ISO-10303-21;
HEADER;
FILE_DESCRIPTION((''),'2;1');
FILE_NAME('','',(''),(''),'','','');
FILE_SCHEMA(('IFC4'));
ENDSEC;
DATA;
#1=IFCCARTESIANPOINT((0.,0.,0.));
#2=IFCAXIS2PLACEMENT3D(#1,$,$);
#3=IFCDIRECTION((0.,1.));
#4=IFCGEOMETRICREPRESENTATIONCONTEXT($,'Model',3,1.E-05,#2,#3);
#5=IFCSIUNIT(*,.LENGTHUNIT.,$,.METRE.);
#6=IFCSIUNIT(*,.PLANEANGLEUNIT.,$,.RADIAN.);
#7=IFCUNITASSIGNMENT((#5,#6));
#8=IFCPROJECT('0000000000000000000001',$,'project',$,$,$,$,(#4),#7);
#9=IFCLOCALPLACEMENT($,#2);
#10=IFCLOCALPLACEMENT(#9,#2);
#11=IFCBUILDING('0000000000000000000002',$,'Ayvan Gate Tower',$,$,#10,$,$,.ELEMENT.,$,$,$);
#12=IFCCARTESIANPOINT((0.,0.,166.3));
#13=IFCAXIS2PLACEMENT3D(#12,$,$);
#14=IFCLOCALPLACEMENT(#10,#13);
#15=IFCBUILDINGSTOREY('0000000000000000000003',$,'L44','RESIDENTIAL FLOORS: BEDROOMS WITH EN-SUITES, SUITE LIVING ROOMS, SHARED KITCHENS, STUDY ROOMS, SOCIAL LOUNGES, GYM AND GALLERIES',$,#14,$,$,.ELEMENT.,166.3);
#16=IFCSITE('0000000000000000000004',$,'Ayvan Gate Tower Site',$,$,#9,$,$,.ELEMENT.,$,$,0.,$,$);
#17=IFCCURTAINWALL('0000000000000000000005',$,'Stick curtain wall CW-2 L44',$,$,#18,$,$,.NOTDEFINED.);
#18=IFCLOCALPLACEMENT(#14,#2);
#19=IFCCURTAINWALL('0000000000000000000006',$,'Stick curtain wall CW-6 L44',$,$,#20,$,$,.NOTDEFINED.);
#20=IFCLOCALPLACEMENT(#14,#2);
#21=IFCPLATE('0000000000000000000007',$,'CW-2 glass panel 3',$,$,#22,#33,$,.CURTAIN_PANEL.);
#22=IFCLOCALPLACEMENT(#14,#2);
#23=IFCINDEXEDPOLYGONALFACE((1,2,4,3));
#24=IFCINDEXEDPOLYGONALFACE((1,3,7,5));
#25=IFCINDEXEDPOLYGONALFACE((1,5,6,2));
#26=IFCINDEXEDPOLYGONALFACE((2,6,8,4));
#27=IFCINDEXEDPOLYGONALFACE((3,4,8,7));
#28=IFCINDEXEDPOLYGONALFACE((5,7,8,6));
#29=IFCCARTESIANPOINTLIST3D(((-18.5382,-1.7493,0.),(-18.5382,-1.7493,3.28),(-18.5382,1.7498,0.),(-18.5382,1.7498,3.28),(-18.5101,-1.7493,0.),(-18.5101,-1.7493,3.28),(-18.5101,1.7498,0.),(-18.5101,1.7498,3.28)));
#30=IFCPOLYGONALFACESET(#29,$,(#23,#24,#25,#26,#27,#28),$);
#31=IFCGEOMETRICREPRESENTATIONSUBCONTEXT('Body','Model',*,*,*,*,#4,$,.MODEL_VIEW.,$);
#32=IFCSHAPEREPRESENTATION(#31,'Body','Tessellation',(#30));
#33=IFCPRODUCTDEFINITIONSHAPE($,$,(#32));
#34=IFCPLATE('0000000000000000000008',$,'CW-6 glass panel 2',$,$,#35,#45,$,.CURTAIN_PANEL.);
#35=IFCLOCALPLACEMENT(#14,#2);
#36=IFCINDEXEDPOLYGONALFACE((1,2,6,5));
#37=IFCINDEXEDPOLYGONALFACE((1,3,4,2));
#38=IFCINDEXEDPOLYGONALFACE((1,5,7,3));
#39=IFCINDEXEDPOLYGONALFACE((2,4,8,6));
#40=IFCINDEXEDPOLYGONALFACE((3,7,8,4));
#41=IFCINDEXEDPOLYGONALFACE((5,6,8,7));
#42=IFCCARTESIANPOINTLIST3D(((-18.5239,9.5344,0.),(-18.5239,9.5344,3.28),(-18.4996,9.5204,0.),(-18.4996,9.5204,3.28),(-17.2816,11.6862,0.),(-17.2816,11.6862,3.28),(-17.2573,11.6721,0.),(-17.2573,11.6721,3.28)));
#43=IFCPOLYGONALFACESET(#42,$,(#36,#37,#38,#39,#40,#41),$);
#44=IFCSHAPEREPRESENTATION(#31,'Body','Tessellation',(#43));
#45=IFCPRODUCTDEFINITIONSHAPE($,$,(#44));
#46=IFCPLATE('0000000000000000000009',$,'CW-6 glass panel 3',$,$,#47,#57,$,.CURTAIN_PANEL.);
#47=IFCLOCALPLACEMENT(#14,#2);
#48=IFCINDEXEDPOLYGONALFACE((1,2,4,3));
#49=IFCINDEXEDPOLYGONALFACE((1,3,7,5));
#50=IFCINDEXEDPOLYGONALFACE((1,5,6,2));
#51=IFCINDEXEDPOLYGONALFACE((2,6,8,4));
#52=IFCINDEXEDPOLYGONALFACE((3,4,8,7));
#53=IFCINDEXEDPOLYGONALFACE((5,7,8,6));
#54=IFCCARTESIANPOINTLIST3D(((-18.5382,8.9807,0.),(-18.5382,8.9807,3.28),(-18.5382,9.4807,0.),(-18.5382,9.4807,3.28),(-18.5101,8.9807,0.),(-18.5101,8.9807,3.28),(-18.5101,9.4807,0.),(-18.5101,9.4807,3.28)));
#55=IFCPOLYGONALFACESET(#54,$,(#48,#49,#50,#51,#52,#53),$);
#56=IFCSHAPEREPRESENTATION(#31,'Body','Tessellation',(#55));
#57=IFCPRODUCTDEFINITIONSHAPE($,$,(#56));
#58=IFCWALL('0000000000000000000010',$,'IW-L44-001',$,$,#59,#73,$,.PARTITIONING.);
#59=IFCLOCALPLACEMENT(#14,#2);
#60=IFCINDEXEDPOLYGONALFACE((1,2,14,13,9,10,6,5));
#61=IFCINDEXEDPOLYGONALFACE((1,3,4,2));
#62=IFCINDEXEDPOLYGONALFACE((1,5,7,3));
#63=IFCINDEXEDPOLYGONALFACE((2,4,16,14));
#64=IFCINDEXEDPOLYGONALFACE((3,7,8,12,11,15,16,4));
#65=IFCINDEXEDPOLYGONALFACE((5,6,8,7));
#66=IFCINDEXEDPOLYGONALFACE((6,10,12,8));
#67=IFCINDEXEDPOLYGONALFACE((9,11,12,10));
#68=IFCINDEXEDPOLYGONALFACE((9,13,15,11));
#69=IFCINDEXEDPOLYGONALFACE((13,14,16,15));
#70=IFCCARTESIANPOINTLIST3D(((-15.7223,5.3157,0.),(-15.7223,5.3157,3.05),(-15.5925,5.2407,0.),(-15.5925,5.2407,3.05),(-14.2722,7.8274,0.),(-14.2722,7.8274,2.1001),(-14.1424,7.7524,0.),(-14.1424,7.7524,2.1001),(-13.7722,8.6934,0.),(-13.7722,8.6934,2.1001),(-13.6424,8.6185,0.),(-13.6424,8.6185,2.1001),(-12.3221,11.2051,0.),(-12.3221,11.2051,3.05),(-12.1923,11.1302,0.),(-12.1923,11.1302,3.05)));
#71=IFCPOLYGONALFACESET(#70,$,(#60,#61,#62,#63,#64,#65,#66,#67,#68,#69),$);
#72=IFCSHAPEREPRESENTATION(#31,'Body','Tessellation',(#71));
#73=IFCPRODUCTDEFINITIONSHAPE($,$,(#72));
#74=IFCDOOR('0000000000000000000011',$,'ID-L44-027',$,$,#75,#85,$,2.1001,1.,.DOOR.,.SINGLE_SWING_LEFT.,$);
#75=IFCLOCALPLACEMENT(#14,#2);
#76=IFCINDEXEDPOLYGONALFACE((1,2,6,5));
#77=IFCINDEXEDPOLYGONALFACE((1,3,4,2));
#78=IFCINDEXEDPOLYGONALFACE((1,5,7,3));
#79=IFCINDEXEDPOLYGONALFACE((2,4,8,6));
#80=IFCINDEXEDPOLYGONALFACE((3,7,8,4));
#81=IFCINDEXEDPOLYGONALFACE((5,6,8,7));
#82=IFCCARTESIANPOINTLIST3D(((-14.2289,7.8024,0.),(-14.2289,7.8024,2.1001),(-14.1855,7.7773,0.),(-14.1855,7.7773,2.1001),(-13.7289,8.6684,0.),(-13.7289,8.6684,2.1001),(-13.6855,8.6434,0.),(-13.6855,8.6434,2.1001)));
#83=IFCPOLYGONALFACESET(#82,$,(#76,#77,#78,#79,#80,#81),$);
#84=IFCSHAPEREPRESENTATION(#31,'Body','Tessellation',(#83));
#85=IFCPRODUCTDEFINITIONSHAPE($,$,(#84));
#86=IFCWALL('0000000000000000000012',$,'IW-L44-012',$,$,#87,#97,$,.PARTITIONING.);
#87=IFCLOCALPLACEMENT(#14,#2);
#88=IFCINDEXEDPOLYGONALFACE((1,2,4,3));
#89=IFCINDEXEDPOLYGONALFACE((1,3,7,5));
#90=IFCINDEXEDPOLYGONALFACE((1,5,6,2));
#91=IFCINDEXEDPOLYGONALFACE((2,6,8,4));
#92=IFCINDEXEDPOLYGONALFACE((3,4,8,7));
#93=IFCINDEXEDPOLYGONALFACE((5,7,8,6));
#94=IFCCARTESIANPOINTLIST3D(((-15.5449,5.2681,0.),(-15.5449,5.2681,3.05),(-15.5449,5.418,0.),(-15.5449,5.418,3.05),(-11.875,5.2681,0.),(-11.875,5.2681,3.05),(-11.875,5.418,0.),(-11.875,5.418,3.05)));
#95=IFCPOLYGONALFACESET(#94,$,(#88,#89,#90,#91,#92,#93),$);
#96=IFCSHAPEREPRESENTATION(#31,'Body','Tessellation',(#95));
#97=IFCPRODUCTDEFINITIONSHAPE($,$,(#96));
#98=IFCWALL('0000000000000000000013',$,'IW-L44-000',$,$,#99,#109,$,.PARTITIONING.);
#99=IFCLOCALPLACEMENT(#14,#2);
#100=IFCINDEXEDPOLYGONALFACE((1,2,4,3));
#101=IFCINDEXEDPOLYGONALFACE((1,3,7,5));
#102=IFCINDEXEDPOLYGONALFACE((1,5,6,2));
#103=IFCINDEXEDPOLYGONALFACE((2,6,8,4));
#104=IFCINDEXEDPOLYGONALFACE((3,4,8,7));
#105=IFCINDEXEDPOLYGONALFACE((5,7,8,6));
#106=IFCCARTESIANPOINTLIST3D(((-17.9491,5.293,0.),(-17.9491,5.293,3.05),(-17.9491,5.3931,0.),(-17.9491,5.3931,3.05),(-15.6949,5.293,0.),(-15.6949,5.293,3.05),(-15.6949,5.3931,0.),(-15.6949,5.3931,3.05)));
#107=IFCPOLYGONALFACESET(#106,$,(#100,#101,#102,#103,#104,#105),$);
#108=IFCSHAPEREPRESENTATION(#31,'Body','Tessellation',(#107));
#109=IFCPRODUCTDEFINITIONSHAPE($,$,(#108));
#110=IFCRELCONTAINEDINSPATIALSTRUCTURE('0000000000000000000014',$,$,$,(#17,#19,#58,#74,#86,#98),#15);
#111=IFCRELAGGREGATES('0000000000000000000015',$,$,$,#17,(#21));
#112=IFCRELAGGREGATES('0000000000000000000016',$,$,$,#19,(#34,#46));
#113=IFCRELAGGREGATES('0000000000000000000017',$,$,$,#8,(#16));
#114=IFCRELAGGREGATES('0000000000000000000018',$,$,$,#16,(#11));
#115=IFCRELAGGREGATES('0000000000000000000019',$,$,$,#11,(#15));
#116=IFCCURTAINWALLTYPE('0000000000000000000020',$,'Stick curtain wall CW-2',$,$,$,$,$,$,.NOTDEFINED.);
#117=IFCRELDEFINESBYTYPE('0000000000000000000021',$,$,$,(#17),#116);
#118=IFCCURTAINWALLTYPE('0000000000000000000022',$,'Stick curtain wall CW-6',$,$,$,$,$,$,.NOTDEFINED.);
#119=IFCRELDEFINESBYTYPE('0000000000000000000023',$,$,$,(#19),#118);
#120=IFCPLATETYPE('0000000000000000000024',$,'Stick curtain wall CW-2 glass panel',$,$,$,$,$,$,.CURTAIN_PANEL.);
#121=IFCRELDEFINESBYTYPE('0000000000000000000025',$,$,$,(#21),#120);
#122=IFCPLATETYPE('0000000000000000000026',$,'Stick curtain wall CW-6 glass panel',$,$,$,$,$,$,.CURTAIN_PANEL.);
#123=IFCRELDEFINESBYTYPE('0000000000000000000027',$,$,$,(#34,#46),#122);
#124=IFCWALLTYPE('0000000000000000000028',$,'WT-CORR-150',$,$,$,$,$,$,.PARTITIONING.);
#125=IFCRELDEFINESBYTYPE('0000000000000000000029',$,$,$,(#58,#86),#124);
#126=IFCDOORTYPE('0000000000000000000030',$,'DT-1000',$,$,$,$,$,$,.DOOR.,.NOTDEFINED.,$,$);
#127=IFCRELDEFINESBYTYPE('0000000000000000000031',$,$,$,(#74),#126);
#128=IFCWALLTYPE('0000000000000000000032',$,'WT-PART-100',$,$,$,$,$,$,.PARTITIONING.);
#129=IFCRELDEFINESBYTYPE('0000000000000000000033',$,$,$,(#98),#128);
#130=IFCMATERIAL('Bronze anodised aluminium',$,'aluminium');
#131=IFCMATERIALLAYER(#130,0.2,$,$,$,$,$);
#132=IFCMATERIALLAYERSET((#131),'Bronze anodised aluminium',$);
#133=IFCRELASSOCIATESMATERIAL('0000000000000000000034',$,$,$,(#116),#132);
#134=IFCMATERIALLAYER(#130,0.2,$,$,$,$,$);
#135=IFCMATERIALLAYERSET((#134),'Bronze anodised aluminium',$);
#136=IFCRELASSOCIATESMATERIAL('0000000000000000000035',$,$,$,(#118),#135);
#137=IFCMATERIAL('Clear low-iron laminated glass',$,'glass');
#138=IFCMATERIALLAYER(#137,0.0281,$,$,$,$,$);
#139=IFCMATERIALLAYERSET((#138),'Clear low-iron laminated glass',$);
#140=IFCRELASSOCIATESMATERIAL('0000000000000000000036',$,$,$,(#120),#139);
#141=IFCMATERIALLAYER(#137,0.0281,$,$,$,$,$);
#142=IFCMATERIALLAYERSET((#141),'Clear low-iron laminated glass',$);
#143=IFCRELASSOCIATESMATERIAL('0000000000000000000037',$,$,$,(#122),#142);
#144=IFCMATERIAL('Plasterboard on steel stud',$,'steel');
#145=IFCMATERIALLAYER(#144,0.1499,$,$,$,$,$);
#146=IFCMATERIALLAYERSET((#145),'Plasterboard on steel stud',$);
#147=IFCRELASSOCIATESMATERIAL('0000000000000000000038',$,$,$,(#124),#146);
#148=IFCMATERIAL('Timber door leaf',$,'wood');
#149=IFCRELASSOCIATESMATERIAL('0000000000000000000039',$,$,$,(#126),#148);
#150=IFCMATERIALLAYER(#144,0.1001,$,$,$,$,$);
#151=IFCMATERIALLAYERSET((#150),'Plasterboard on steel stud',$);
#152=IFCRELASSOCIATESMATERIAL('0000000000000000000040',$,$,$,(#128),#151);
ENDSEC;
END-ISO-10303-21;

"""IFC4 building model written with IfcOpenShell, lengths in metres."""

from ifc_helpers import new_model, si_unit, direction, frame, frame_2d, origin, origin_2d, place, context, subcontext, project, spatial, rectangle, extrude, material, layer, layer_set, type_object, element, fill, aggregate, save


model = new_model("IFC4")

# Units and contexts
model_context = context("Model", 3, precision=1e-05, world=origin(), true_north=direction((0.0, 1.0)))
body_context = subcontext(model_context, "Body", "Model", "MODEL_VIEW")
ifc_project = project(units=[si_unit("LENGTHUNIT", "METRE"), si_unit("PLANEANGLEUNIT", "RADIAN")], contexts=[model_context])

# Site, building, storey
site_placement = place(None, origin())
site = spatial("IfcSite", under=ifc_project, at=site_placement, Name="Ayvan Gate Tower Site", CompositionType="ELEMENT", RefElevation=0.0)
building_placement = place(site_placement, origin())
building = spatial("IfcBuilding", under=site, at=building_placement, Name="Ayvan Gate Tower", CompositionType="ELEMENT")
storey_placement = place(building_placement, frame((0.0, 0.0, 166.3)))
storey = spatial("IfcBuildingStorey", under=building, at=storey_placement, Name="L44", Description="RESIDENTIAL FLOORS: BEDROOMS WITH EN-SUITES, SUITE LIVING ROOMS, SHARED KITCHENS, STUDY ROOMS, SOCIAL LOUNGES, GYM AND GALLERIES", CompositionType="ELEMENT", Elevation=166.3)

# Curtain walls
ifc_material_1 = material(Name="Bronze anodised aluminium", Category="aluminium")
ifc_layer_1 = layer(ifc_material_1, 0.2)
ifc_layer_set_1 = layer_set([ifc_layer_1], Name="Bronze anodised aluminium")
curtain_wall_type_1 = type_object("IfcCurtainWallType", Name="Stick curtain wall CW-2", PredefinedType="NOTDEFINED", material=ifc_layer_set_1)
curtain_wall_1_placement = place(storey_placement, origin())
curtain_wall_1 = element("IfcCurtainWall", 1, at=curtain_wall_1_placement, inside=storey, type_object=curtain_wall_type_1, Name="Stick curtain wall CW-2 L44", PredefinedType="NOTDEFINED")
ifc_layer_2 = layer(ifc_material_1, 0.2)
ifc_layer_set_2 = layer_set([ifc_layer_2], Name="Bronze anodised aluminium")
curtain_wall_type_2 = type_object("IfcCurtainWallType", Name="Stick curtain wall CW-6", PredefinedType="NOTDEFINED", material=ifc_layer_set_2)
curtain_wall_2_placement = place(storey_placement, origin())
curtain_wall_2 = element("IfcCurtainWall", 2, at=curtain_wall_2_placement, inside=storey, type_object=curtain_wall_type_2, Name="Stick curtain wall CW-6 L44", PredefinedType="NOTDEFINED")

# Plates
ifc_material_2 = material(Name="Clear low-iron laminated glass", Category="glass")
ifc_layer_3 = layer(ifc_material_2, 0.0281)
ifc_layer_set_3 = layer_set([ifc_layer_3], Name="Clear low-iron laminated glass")
plate_type_1 = type_object("IfcPlateType", Name="Stick curtain wall CW-2 glass panel", PredefinedType="CURTAIN_PANEL", material=ifc_layer_set_3)
plate_1_placement = place(storey_placement, frame((-18.5242, 0.0002, 0.0), z_axis=(0.0, 0.0, 1.0), x_axis=(0.0, -1.0, 0.0)))
plate_1 = element("IfcPlate", 3, at=plate_1_placement, type_object=plate_type_1, Name="CW-2 glass panel 3", PredefinedType="CURTAIN_PANEL", context=body_context, shape_type="SweptSolid", body=[
    extrude(rectangle(XDim=3.499, YDim=0.0281, at=origin_2d()), origin(), (0.0, 0.0, 1.0), 3.28),
])
aggregate(curtain_wall_1, [plate_1])
ifc_layer_4 = layer(ifc_material_2, 0.0281)
ifc_layer_set_4 = layer_set([ifc_layer_4], Name="Clear low-iron laminated glass")
plate_type_2 = type_object("IfcPlateType", Name="Stick curtain wall CW-6 glass panel", PredefinedType="CURTAIN_PANEL", material=ifc_layer_set_4)
plate_2_placement = place(storey_placement, frame((-17.8906, 10.6033, 0.0), z_axis=(0.0, 0.0, 1.0), x_axis=(-0.5, -0.866025, 0.0)))
plate_2 = element("IfcPlate", 4, at=plate_2_placement, type_object=plate_type_2, Name="CW-6 glass panel 2", PredefinedType="CURTAIN_PANEL", context=body_context, shape_type="SweptSolid", body=[
    extrude(rectangle(XDim=2.4846, YDim=0.0281, at=origin_2d()), origin(), (0.0, 0.0, 1.0), 3.28),
])
plate_3_placement = place(storey_placement, frame((-18.5242, 9.2307, 0.0), z_axis=(0.0, 0.0, 1.0), x_axis=(0.0, -1.0, 0.0)))
plate_3 = element("IfcPlate", 5, at=plate_3_placement, type_object=plate_type_2, Name="CW-6 glass panel 3", PredefinedType="CURTAIN_PANEL", context=body_context, shape_type="SweptSolid", body=[
    extrude(rectangle(XDim=0.5, YDim=0.0281, at=origin_2d()), origin(), (0.0, 0.0, 1.0), 3.28),
])
aggregate(curtain_wall_2, [plate_2, plate_3])

# Wall, opening, door
ifc_material_3 = material(Name="Plasterboard on steel stud", Category="steel")
ifc_layer_5 = layer(ifc_material_3, 0.1499)
ifc_layer_set_5 = layer_set([ifc_layer_5], Name="Plasterboard on steel stud")
wall_type_1 = type_object("IfcWallType", Name="WT-CORR-150", PredefinedType="PARTITIONING", material=ifc_layer_set_5)
wall_1_placement = place(storey_placement, frame((-15.6575, 5.2781, 0.0), z_axis=(0.0, 0.0, 1.0), x_axis=(0.499989, 0.866032, 0.0)))
wall_1 = element("IfcWall", 6, at=wall_1_placement, inside=storey, type_object=wall_type_1, Name="IW-L44-001", PredefinedType="PARTITIONING", context=body_context, shape_type="SweptSolid", body=[
    extrude(rectangle(XDim=6.8005, YDim=0.1499, at=frame_2d((3.4004, 0.0))), origin(), (0.0, 0.0, 1.0), 3.05),
])
opening_placement = place(wall_1_placement, frame((2.9004, 0.0, 0.0)))
opening = element("IfcOpeningElement", 7, at=opening_placement, cuts=wall_1, PredefinedType="OPENING", context=body_context, shape_type="SweptSolid", body=[
    extrude(rectangle(XDim=1.0, YDim=2.1001, at=frame_2d((0.5, 1.05))), frame((0.0, 0.085, 0.0), z_axis=(0.0, -1.0, 0.0), x_axis=(1.0, 0.0, 0.0)), (0.0, 0.0, 1.0), 0.1699),
])
ifc_material_4 = material(Name="Timber door leaf", Category="wood")
door_type = type_object("IfcDoorType", Name="DT-1000", OperationType="NOTDEFINED", PredefinedType="DOOR", material=ifc_material_4)
door_placement = place(opening_placement, origin())
door = element("IfcDoor", 8, at=door_placement, inside=storey, type_object=door_type, Name="ID-L44-027", OperationType="SINGLE_SWING_LEFT", OverallHeight=2.1001, OverallWidth=1.0, PredefinedType="DOOR", context=body_context, shape_type="SweptSolid", body=[
    extrude(rectangle(XDim=1.0, YDim=2.1001, at=frame_2d((0.5, 1.05))), frame((0.0, 0.0249, 0.0), z_axis=(0.0, -1.0, 0.0), x_axis=(1.0, 0.0, 0.0)), (0.0, 0.0, 1.0), 0.05),
])
fill(opening, door)

# Walls
wall_2_placement = place(storey_placement, frame((-11.875, 5.343, 0.0), z_axis=(0.0, 0.0, 1.0), x_axis=(-1.0, 0.0, 0.0)))
element("IfcWall", 9, at=wall_2_placement, inside=storey, type_object=wall_type_1, Name="IW-L44-012", PredefinedType="PARTITIONING", context=body_context, shape_type="SweptSolid", body=[
    extrude(rectangle(XDim=3.6699, YDim=0.1499, at=frame_2d((1.835, 0.0))), origin(), (0.0, 0.0, 1.0), 3.05),
])
ifc_layer_6 = layer(ifc_material_3, 0.1001)
ifc_layer_set_6 = layer_set([ifc_layer_6], Name="Plasterboard on steel stud")
wall_type_2 = type_object("IfcWallType", Name="WT-PART-100", PredefinedType="PARTITIONING", material=ifc_layer_set_6)
wall_3_placement = place(storey_placement, frame((-15.6951, 5.343, 0.0), z_axis=(0.0, 0.0, 1.0), x_axis=(-1.0, 0.0, 0.0)))
element("IfcWall", 10, at=wall_3_placement, inside=storey, type_object=wall_type_2, Name="IW-L44-000", PredefinedType="PARTITIONING", context=body_context, shape_type="SweptSolid", body=[
    extrude(rectangle(XDim=2.2542, YDim=0.1001, at=frame_2d((1.127, 0.0))), origin(), (0.0, 0.0, 1.0), 3.05),
])

save(model, "model.ifc")
